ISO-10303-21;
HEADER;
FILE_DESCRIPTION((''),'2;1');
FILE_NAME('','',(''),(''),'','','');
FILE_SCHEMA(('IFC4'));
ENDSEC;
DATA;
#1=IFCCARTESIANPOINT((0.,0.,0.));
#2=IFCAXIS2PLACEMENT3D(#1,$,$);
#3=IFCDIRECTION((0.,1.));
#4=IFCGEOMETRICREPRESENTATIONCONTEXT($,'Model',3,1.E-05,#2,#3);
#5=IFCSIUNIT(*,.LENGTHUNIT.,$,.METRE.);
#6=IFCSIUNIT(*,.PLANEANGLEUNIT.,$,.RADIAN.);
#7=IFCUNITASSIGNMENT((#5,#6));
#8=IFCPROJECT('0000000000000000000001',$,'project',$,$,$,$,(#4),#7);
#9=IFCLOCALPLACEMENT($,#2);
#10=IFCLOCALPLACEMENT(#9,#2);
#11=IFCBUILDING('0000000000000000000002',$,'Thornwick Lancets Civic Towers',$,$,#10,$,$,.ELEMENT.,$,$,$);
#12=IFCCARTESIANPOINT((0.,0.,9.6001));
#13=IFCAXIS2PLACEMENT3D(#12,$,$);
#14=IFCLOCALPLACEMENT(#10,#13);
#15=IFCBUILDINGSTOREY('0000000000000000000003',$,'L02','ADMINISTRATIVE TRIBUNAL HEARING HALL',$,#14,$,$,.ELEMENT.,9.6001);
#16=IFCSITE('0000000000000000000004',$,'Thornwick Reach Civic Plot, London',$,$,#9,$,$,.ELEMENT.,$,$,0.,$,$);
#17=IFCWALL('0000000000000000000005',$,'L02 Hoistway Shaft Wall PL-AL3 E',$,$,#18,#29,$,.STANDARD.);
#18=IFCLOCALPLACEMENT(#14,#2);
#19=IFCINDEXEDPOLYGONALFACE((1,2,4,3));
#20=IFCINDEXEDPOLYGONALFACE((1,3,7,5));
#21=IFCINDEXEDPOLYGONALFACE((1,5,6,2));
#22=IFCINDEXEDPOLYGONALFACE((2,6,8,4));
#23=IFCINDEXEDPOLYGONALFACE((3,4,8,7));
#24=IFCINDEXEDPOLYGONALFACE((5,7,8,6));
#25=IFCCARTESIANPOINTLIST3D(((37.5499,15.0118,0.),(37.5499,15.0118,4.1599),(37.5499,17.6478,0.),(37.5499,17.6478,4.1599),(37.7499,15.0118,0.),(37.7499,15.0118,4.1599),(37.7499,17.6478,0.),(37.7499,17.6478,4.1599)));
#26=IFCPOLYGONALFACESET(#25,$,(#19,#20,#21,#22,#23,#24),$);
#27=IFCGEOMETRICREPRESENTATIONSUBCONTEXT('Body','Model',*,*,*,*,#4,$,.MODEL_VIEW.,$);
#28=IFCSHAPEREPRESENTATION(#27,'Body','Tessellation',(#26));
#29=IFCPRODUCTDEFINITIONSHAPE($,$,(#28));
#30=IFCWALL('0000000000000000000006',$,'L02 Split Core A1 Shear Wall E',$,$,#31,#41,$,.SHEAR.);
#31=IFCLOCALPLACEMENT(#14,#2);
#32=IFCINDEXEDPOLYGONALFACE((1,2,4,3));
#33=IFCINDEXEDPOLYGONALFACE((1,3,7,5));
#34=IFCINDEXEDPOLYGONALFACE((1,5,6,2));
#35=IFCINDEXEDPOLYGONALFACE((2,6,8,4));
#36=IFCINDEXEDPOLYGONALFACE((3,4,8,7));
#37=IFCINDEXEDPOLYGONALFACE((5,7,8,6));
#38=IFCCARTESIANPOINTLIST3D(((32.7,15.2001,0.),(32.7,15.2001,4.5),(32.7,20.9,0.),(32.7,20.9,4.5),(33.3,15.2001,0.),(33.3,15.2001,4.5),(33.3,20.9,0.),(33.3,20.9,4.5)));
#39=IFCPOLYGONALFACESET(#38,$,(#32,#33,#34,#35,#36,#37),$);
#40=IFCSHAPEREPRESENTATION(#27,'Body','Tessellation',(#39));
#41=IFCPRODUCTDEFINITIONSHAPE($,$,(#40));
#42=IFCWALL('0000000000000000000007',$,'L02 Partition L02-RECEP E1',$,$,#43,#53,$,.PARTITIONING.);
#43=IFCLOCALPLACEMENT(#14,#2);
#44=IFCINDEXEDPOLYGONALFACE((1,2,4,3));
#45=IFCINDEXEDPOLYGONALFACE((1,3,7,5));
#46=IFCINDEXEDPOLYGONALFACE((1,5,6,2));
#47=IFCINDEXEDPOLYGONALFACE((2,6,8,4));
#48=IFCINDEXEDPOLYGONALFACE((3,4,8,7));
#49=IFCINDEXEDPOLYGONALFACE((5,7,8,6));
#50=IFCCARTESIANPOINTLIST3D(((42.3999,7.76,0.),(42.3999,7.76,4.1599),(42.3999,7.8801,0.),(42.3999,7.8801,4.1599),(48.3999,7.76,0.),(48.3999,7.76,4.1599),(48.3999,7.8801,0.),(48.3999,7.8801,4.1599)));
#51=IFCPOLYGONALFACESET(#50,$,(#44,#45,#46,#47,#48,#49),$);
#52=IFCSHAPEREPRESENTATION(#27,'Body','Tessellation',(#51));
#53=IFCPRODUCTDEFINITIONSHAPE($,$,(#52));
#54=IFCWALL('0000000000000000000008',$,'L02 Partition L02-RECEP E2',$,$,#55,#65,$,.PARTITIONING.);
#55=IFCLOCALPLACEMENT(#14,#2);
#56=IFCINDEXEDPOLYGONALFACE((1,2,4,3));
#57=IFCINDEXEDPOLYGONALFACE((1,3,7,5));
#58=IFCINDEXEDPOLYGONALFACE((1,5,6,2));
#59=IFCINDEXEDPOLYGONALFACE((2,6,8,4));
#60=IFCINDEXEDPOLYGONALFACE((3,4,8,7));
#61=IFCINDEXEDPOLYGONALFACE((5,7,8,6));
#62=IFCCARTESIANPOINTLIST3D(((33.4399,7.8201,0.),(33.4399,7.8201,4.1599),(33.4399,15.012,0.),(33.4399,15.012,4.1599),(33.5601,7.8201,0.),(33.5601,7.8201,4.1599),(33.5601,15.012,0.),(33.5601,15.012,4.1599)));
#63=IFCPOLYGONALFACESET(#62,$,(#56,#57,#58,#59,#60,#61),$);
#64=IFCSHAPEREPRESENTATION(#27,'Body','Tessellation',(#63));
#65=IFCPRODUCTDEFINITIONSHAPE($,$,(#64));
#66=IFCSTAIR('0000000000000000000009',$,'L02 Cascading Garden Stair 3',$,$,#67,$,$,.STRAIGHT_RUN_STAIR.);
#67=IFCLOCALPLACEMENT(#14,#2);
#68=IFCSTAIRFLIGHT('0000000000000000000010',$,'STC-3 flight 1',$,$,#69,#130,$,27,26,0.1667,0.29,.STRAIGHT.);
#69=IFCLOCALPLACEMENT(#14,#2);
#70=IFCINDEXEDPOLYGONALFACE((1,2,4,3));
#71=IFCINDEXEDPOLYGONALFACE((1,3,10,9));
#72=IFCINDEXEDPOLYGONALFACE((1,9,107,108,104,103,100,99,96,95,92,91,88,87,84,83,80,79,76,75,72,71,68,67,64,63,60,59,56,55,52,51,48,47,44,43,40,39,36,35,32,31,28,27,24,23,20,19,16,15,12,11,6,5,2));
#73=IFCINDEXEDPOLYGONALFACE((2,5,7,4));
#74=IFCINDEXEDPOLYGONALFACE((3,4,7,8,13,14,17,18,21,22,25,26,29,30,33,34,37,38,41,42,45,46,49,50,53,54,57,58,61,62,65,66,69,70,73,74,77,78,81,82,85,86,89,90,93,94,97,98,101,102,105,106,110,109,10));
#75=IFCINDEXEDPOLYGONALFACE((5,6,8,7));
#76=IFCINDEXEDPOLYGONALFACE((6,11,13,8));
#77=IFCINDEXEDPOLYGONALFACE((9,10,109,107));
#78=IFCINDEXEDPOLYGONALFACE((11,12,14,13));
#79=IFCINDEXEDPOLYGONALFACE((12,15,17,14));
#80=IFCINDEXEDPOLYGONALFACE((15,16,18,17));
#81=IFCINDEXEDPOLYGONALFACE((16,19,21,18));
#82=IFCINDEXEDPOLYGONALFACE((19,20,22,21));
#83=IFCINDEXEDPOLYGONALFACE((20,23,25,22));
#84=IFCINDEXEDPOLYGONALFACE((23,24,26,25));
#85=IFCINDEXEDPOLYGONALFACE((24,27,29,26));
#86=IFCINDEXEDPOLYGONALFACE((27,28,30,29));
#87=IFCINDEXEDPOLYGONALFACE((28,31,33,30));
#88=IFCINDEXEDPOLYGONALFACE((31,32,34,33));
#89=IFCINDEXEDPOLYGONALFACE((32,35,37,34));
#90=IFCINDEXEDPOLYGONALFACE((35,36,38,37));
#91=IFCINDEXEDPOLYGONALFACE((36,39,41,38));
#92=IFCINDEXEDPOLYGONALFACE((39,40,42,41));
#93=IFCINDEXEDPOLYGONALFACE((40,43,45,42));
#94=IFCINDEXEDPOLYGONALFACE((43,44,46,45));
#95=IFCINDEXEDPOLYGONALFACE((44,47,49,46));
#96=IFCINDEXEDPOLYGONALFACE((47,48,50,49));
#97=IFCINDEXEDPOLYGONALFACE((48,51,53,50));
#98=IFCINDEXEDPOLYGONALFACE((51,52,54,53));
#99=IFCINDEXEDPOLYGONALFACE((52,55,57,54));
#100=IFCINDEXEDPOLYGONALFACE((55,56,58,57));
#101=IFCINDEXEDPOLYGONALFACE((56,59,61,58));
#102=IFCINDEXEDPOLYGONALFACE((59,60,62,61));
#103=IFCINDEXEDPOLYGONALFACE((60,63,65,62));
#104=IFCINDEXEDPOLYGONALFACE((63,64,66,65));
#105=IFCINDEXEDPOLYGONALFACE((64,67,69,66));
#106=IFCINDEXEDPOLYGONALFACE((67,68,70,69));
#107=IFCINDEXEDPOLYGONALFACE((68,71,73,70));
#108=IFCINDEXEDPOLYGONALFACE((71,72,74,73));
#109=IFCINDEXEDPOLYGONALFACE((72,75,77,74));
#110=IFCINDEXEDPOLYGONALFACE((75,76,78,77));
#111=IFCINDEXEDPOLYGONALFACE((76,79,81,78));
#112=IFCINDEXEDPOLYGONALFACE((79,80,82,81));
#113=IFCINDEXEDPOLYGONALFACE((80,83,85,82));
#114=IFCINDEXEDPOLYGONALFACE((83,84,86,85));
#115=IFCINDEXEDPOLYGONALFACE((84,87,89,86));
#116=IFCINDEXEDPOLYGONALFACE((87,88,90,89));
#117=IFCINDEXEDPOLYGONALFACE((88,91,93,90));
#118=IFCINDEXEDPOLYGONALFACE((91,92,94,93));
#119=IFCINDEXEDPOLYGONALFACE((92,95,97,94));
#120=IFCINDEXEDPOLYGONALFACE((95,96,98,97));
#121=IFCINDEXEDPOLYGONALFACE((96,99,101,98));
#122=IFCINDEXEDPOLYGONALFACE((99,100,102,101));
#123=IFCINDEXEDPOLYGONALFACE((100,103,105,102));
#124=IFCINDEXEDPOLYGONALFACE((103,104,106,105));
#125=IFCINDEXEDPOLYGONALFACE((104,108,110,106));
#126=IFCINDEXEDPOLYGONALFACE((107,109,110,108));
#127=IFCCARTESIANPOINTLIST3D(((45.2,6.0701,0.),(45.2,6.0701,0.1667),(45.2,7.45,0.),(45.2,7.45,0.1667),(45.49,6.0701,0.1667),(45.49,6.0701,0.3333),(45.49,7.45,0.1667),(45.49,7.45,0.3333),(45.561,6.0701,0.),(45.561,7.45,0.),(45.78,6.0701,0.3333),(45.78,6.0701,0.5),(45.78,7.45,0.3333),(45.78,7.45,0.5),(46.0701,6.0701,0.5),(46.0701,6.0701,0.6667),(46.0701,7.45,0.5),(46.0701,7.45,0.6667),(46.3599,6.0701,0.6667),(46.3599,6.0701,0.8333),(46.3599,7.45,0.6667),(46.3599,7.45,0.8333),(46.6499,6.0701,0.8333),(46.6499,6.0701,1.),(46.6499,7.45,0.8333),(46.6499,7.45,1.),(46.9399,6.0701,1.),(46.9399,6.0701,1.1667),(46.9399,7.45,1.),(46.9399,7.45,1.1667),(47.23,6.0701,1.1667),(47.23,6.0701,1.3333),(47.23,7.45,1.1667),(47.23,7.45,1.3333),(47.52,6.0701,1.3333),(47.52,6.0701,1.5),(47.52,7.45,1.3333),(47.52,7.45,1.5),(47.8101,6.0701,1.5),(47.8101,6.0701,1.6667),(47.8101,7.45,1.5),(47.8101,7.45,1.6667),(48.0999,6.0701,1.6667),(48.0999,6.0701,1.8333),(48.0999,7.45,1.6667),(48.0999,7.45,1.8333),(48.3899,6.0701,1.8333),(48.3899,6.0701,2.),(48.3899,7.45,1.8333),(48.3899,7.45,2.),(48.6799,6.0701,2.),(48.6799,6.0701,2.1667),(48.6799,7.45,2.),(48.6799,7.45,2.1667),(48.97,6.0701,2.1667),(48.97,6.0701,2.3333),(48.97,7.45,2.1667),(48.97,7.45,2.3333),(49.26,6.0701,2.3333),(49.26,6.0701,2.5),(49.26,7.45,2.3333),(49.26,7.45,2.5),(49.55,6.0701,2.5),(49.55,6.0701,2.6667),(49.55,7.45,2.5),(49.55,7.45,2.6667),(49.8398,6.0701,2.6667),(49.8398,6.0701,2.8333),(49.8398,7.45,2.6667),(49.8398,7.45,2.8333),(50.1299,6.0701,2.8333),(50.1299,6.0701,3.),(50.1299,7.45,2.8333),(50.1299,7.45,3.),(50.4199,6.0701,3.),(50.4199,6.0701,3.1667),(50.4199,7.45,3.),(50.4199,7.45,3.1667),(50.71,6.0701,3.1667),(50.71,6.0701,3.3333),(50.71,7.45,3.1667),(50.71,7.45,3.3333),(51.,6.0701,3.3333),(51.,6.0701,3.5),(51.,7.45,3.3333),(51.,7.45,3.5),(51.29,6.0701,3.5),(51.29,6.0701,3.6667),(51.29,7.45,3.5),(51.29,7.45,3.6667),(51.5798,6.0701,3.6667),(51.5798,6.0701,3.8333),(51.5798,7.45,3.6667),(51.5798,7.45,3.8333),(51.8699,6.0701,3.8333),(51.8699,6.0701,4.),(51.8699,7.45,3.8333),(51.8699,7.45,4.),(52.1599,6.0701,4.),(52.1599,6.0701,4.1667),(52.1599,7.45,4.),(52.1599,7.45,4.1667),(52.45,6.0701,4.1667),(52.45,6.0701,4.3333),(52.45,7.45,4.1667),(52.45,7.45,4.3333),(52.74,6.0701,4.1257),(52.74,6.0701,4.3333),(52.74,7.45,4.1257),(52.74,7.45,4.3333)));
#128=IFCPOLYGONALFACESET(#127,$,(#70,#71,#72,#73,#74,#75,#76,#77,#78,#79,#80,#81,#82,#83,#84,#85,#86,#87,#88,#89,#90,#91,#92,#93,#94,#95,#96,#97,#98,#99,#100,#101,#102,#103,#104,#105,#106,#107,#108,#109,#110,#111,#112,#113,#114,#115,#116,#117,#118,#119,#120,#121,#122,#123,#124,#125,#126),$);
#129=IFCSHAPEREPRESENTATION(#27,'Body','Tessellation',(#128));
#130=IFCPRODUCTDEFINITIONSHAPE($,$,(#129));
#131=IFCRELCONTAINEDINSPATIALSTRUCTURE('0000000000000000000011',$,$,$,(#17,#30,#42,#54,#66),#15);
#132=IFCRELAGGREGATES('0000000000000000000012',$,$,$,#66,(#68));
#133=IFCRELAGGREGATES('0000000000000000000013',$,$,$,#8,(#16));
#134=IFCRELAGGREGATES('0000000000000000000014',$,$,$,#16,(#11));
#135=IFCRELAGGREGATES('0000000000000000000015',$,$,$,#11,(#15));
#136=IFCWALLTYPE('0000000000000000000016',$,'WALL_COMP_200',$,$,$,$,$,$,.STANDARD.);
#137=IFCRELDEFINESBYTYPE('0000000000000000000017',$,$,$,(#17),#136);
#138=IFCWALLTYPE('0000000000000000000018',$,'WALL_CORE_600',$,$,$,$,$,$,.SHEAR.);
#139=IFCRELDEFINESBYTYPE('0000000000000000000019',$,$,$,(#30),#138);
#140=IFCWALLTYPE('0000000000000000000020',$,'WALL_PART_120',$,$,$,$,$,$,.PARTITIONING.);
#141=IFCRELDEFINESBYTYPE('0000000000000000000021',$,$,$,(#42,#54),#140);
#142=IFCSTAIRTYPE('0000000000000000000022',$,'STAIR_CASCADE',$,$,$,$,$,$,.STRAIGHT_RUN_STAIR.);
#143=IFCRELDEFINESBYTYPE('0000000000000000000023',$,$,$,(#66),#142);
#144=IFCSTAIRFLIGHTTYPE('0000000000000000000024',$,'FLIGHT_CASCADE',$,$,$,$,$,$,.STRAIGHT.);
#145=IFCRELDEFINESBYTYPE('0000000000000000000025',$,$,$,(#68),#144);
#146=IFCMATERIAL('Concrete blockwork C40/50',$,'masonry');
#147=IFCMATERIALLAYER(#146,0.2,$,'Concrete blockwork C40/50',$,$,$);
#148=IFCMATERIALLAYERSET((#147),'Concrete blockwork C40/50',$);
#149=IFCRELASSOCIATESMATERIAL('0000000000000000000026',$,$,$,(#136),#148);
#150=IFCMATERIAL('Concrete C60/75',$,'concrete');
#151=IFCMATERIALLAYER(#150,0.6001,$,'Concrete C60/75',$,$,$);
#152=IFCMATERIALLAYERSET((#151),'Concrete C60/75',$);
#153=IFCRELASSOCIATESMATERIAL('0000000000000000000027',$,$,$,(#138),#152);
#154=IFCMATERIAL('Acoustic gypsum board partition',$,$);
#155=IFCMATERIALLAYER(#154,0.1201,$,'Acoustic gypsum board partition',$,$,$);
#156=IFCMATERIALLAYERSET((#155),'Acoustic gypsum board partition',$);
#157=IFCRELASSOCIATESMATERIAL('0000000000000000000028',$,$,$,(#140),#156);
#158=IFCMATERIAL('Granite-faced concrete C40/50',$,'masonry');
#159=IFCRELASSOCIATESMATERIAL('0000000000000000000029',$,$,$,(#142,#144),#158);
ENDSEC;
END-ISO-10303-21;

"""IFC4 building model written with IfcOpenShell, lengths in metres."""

from ifc_helpers import new_model, si_unit, direction, frame, frame_2d, origin, place, context, subcontext, project, spatial, polyline, rectangle, outline, extrude, material, layer, layer_set, type_object, element, aggregate, save


model = new_model("IFC4")

# Units and contexts
model_context = context("Model", 3, precision=1e-05, world=origin(), true_north=direction((0.0, 1.0)))
body_context = subcontext(model_context, "Body", "Model", "MODEL_VIEW")
ifc_project = project(units=[si_unit("LENGTHUNIT", "METRE"), si_unit("PLANEANGLEUNIT", "RADIAN")], contexts=[model_context])

# Site, building, storey
site_placement = place(None, origin())
site = spatial("IfcSite", under=ifc_project, at=site_placement, Name="Thornwick Reach Civic Plot, London", CompositionType="ELEMENT", RefElevation=0.0)
building_placement = place(site_placement, origin())
building = spatial("IfcBuilding", under=site, at=building_placement, Name="Thornwick Lancets Civic Towers", CompositionType="ELEMENT")
storey_placement = place(building_placement, frame((0.0, 0.0, 9.6001)))
storey = spatial("IfcBuildingStorey", under=building, at=storey_placement, Name="L02", Description="ADMINISTRATIVE TRIBUNAL HEARING HALL", CompositionType="ELEMENT", Elevation=9.6001)

# Shared definitions
ifc_material_1 = material(Name="Concrete C60/75", Category="concrete")

# Shared definitions
ifc_material_2 = material(Name="Concrete blockwork C40/50", Category="masonry")
ifc_layer_1 = layer(ifc_material_2, 0.2, Name="Concrete blockwork C40/50")
ifc_layer_set_1 = layer_set([ifc_layer_1], Name="Concrete blockwork C40/50")
wall_type_1 = type_object("IfcWallType", Name="WALL_COMP_200", PredefinedType="STANDARD", material=ifc_layer_set_1)

# Walls
for number, where, z_axis, x_axis, name in (
    (1, (37.6499, 15.012, 0.0), (0.0, 0.0, 1.0), (0.0, 1.0, 0.0), "L02 Hoistway Shaft Wall PL-AL3 E"),
):
    element("IfcWall", number, at=place(storey_placement, frame(where, z_axis=z_axis, x_axis=x_axis)), inside=storey, type_object=wall_type_1, Name=name, PredefinedType="STANDARD", context=body_context, shape_type="SweptSolid", body=[
        extrude(rectangle(XDim=2.636, YDim=0.2, at=frame_2d((1.3179, 0.0))), origin(), (0.0, 0.0, 1.0), 4.1599),
    ])
ifc_layer_2 = layer(ifc_material_1, 0.6001, Name="Concrete C60/75")
ifc_layer_set_2 = layer_set([ifc_layer_2], Name="Concrete C60/75")
wall_type_2 = type_object("IfcWallType", Name="WALL_CORE_600", PredefinedType="SHEAR", material=ifc_layer_set_2)
wall_1_placement = place(storey_placement, frame((33.0, 15.2, 0.0), z_axis=(0.0, 0.0, 1.0), x_axis=(0.0, 1.0, 0.0)))
element("IfcWall", 2, at=wall_1_placement, inside=storey, type_object=wall_type_2, Name="L02 Split Core A1 Shear Wall E", PredefinedType="SHEAR", context=body_context, shape_type="SweptSolid", body=[
    extrude(rectangle(XDim=5.7, YDim=0.6001, at=frame_2d((2.8501, 0.0))), origin(), (0.0, 0.0, 1.0), 4.5),
])
ifc_material_3 = material(Name="Acoustic gypsum board partition")
ifc_layer_3 = layer(ifc_material_3, 0.1201, Name="Acoustic gypsum board partition")
ifc_layer_set_3 = layer_set([ifc_layer_3], Name="Acoustic gypsum board partition")
wall_type_3 = type_object("IfcWallType", Name="WALL_PART_120", PredefinedType="PARTITIONING", material=ifc_layer_set_3)
wall_2_placement = place(storey_placement, frame((48.3999, 7.8201, 0.0), z_axis=(0.0, 0.0, 1.0), x_axis=(-1.0, 0.0, 0.0)))
element("IfcWall", 3, at=wall_2_placement, inside=storey, type_object=wall_type_3, Name="L02 Partition L02-RECEP E1", PredefinedType="PARTITIONING", context=body_context, shape_type="SweptSolid", body=[
    extrude(rectangle(XDim=6.0, YDim=0.1201, at=frame_2d((3.0, 0.0))), origin(), (0.0, 0.0, 1.0), 4.1599),
])
wall_3_placement = place(storey_placement, frame((33.5, 7.8201, 0.0), z_axis=(0.0, 0.0, 1.0), x_axis=(0.0, 1.0, 0.0)))
element("IfcWall", 4, at=wall_3_placement, inside=storey, type_object=wall_type_3, Name="L02 Partition L02-RECEP E2", PredefinedType="PARTITIONING", context=body_context, shape_type="SweptSolid", body=[
    extrude(rectangle(XDim=7.1919, YDim=0.1201, at=frame_2d((3.5959, 0.0))), origin(), (0.0, 0.0, 1.0), 4.1599),
])

# Stair, stair flight
ifc_material_4 = material(Name="Granite-faced concrete C40/50", Category="masonry")
stair_type = type_object("IfcStairType", Name="STAIR_CASCADE", PredefinedType="STRAIGHT_RUN_STAIR", material=ifc_material_4)
stair_placement = place(storey_placement, origin())
stair = element("IfcStair", 5, at=stair_placement, inside=storey, type_object=stair_type, Name="L02 Cascading Garden Stair 3", PredefinedType="STRAIGHT_RUN_STAIR")
stair_flight_type = type_object("IfcStairFlightType", Name="FLIGHT_CASCADE", PredefinedType="STRAIGHT", material=ifc_material_4)
stair_flight_placement = place(storey_placement, frame((45.2, 6.76, 0.0), z_axis=(0.0, 0.0, 1.0), x_axis=(1.0, 0.0, 0.0)))
stair_flight = element("IfcStairFlight", 6, at=stair_flight_placement, type_object=stair_flight_type, Name="STC-3 flight 1", NumberOfRisers=27, NumberOfTreads=26, PredefinedType="STRAIGHT", RiserHeight=0.1667, TreadLength=0.29, context=body_context, shape_type="SweptSolid", body=[
    extrude(outline(polyline([(0.0, 0.0), (0.0, 0.1667), (0.29, 0.1667), (0.29, 0.3333), (0.5801, 0.3333), (0.5801, 0.5), (0.8701, 0.5), (0.8701, 0.6667), (1.1599, 0.6667), (1.1599, 0.8333), (1.45, 0.8333), (1.45, 1.0), (1.74, 1.0), (1.74, 1.1667), (2.03, 1.1667), (2.03, 1.3333), (2.3201, 1.3333), (2.3201, 1.5), (2.6101, 1.5), (2.6101, 1.6667), (2.8999, 1.6667), (2.8999, 1.8333), (3.1899, 1.8333), (3.1899, 2.0), (3.48, 2.0), (3.48, 2.1667), (3.77, 2.1667), (3.77, 2.3333), (4.0601, 2.3333), (4.0601, 2.5), (4.3501, 2.5), (4.3501, 2.6667), (4.6399, 2.6667), (4.6399, 2.8333), (4.9299, 2.8333), (4.9299, 3.0), (5.22, 3.0), (5.22, 3.1667), (5.51, 3.1667), (5.51, 3.3333), (5.8, 3.3333), (5.8, 3.5), (6.0901, 3.5), (6.0901, 3.6667), (6.3799, 3.6667), (6.3799, 3.8333), (6.6699, 3.8333), (6.6699, 4.0), (6.96, 4.0), (6.96, 4.1667), (7.25, 4.1667), (7.25, 4.3333), (7.54, 4.3333), (7.54, 4.5), (7.54, 4.1257), (0.3611, 0.0), (0.0, 0.0)])), frame((0.0, 0.6899, 0.0), z_axis=(0.0, -1.0, 0.0), x_axis=(1.0, 0.0, 0.0)), (0.0, 0.0, 1.0), 1.3799),
])
aggregate(stair, [stair_flight])

save(model, "model.ifc")
